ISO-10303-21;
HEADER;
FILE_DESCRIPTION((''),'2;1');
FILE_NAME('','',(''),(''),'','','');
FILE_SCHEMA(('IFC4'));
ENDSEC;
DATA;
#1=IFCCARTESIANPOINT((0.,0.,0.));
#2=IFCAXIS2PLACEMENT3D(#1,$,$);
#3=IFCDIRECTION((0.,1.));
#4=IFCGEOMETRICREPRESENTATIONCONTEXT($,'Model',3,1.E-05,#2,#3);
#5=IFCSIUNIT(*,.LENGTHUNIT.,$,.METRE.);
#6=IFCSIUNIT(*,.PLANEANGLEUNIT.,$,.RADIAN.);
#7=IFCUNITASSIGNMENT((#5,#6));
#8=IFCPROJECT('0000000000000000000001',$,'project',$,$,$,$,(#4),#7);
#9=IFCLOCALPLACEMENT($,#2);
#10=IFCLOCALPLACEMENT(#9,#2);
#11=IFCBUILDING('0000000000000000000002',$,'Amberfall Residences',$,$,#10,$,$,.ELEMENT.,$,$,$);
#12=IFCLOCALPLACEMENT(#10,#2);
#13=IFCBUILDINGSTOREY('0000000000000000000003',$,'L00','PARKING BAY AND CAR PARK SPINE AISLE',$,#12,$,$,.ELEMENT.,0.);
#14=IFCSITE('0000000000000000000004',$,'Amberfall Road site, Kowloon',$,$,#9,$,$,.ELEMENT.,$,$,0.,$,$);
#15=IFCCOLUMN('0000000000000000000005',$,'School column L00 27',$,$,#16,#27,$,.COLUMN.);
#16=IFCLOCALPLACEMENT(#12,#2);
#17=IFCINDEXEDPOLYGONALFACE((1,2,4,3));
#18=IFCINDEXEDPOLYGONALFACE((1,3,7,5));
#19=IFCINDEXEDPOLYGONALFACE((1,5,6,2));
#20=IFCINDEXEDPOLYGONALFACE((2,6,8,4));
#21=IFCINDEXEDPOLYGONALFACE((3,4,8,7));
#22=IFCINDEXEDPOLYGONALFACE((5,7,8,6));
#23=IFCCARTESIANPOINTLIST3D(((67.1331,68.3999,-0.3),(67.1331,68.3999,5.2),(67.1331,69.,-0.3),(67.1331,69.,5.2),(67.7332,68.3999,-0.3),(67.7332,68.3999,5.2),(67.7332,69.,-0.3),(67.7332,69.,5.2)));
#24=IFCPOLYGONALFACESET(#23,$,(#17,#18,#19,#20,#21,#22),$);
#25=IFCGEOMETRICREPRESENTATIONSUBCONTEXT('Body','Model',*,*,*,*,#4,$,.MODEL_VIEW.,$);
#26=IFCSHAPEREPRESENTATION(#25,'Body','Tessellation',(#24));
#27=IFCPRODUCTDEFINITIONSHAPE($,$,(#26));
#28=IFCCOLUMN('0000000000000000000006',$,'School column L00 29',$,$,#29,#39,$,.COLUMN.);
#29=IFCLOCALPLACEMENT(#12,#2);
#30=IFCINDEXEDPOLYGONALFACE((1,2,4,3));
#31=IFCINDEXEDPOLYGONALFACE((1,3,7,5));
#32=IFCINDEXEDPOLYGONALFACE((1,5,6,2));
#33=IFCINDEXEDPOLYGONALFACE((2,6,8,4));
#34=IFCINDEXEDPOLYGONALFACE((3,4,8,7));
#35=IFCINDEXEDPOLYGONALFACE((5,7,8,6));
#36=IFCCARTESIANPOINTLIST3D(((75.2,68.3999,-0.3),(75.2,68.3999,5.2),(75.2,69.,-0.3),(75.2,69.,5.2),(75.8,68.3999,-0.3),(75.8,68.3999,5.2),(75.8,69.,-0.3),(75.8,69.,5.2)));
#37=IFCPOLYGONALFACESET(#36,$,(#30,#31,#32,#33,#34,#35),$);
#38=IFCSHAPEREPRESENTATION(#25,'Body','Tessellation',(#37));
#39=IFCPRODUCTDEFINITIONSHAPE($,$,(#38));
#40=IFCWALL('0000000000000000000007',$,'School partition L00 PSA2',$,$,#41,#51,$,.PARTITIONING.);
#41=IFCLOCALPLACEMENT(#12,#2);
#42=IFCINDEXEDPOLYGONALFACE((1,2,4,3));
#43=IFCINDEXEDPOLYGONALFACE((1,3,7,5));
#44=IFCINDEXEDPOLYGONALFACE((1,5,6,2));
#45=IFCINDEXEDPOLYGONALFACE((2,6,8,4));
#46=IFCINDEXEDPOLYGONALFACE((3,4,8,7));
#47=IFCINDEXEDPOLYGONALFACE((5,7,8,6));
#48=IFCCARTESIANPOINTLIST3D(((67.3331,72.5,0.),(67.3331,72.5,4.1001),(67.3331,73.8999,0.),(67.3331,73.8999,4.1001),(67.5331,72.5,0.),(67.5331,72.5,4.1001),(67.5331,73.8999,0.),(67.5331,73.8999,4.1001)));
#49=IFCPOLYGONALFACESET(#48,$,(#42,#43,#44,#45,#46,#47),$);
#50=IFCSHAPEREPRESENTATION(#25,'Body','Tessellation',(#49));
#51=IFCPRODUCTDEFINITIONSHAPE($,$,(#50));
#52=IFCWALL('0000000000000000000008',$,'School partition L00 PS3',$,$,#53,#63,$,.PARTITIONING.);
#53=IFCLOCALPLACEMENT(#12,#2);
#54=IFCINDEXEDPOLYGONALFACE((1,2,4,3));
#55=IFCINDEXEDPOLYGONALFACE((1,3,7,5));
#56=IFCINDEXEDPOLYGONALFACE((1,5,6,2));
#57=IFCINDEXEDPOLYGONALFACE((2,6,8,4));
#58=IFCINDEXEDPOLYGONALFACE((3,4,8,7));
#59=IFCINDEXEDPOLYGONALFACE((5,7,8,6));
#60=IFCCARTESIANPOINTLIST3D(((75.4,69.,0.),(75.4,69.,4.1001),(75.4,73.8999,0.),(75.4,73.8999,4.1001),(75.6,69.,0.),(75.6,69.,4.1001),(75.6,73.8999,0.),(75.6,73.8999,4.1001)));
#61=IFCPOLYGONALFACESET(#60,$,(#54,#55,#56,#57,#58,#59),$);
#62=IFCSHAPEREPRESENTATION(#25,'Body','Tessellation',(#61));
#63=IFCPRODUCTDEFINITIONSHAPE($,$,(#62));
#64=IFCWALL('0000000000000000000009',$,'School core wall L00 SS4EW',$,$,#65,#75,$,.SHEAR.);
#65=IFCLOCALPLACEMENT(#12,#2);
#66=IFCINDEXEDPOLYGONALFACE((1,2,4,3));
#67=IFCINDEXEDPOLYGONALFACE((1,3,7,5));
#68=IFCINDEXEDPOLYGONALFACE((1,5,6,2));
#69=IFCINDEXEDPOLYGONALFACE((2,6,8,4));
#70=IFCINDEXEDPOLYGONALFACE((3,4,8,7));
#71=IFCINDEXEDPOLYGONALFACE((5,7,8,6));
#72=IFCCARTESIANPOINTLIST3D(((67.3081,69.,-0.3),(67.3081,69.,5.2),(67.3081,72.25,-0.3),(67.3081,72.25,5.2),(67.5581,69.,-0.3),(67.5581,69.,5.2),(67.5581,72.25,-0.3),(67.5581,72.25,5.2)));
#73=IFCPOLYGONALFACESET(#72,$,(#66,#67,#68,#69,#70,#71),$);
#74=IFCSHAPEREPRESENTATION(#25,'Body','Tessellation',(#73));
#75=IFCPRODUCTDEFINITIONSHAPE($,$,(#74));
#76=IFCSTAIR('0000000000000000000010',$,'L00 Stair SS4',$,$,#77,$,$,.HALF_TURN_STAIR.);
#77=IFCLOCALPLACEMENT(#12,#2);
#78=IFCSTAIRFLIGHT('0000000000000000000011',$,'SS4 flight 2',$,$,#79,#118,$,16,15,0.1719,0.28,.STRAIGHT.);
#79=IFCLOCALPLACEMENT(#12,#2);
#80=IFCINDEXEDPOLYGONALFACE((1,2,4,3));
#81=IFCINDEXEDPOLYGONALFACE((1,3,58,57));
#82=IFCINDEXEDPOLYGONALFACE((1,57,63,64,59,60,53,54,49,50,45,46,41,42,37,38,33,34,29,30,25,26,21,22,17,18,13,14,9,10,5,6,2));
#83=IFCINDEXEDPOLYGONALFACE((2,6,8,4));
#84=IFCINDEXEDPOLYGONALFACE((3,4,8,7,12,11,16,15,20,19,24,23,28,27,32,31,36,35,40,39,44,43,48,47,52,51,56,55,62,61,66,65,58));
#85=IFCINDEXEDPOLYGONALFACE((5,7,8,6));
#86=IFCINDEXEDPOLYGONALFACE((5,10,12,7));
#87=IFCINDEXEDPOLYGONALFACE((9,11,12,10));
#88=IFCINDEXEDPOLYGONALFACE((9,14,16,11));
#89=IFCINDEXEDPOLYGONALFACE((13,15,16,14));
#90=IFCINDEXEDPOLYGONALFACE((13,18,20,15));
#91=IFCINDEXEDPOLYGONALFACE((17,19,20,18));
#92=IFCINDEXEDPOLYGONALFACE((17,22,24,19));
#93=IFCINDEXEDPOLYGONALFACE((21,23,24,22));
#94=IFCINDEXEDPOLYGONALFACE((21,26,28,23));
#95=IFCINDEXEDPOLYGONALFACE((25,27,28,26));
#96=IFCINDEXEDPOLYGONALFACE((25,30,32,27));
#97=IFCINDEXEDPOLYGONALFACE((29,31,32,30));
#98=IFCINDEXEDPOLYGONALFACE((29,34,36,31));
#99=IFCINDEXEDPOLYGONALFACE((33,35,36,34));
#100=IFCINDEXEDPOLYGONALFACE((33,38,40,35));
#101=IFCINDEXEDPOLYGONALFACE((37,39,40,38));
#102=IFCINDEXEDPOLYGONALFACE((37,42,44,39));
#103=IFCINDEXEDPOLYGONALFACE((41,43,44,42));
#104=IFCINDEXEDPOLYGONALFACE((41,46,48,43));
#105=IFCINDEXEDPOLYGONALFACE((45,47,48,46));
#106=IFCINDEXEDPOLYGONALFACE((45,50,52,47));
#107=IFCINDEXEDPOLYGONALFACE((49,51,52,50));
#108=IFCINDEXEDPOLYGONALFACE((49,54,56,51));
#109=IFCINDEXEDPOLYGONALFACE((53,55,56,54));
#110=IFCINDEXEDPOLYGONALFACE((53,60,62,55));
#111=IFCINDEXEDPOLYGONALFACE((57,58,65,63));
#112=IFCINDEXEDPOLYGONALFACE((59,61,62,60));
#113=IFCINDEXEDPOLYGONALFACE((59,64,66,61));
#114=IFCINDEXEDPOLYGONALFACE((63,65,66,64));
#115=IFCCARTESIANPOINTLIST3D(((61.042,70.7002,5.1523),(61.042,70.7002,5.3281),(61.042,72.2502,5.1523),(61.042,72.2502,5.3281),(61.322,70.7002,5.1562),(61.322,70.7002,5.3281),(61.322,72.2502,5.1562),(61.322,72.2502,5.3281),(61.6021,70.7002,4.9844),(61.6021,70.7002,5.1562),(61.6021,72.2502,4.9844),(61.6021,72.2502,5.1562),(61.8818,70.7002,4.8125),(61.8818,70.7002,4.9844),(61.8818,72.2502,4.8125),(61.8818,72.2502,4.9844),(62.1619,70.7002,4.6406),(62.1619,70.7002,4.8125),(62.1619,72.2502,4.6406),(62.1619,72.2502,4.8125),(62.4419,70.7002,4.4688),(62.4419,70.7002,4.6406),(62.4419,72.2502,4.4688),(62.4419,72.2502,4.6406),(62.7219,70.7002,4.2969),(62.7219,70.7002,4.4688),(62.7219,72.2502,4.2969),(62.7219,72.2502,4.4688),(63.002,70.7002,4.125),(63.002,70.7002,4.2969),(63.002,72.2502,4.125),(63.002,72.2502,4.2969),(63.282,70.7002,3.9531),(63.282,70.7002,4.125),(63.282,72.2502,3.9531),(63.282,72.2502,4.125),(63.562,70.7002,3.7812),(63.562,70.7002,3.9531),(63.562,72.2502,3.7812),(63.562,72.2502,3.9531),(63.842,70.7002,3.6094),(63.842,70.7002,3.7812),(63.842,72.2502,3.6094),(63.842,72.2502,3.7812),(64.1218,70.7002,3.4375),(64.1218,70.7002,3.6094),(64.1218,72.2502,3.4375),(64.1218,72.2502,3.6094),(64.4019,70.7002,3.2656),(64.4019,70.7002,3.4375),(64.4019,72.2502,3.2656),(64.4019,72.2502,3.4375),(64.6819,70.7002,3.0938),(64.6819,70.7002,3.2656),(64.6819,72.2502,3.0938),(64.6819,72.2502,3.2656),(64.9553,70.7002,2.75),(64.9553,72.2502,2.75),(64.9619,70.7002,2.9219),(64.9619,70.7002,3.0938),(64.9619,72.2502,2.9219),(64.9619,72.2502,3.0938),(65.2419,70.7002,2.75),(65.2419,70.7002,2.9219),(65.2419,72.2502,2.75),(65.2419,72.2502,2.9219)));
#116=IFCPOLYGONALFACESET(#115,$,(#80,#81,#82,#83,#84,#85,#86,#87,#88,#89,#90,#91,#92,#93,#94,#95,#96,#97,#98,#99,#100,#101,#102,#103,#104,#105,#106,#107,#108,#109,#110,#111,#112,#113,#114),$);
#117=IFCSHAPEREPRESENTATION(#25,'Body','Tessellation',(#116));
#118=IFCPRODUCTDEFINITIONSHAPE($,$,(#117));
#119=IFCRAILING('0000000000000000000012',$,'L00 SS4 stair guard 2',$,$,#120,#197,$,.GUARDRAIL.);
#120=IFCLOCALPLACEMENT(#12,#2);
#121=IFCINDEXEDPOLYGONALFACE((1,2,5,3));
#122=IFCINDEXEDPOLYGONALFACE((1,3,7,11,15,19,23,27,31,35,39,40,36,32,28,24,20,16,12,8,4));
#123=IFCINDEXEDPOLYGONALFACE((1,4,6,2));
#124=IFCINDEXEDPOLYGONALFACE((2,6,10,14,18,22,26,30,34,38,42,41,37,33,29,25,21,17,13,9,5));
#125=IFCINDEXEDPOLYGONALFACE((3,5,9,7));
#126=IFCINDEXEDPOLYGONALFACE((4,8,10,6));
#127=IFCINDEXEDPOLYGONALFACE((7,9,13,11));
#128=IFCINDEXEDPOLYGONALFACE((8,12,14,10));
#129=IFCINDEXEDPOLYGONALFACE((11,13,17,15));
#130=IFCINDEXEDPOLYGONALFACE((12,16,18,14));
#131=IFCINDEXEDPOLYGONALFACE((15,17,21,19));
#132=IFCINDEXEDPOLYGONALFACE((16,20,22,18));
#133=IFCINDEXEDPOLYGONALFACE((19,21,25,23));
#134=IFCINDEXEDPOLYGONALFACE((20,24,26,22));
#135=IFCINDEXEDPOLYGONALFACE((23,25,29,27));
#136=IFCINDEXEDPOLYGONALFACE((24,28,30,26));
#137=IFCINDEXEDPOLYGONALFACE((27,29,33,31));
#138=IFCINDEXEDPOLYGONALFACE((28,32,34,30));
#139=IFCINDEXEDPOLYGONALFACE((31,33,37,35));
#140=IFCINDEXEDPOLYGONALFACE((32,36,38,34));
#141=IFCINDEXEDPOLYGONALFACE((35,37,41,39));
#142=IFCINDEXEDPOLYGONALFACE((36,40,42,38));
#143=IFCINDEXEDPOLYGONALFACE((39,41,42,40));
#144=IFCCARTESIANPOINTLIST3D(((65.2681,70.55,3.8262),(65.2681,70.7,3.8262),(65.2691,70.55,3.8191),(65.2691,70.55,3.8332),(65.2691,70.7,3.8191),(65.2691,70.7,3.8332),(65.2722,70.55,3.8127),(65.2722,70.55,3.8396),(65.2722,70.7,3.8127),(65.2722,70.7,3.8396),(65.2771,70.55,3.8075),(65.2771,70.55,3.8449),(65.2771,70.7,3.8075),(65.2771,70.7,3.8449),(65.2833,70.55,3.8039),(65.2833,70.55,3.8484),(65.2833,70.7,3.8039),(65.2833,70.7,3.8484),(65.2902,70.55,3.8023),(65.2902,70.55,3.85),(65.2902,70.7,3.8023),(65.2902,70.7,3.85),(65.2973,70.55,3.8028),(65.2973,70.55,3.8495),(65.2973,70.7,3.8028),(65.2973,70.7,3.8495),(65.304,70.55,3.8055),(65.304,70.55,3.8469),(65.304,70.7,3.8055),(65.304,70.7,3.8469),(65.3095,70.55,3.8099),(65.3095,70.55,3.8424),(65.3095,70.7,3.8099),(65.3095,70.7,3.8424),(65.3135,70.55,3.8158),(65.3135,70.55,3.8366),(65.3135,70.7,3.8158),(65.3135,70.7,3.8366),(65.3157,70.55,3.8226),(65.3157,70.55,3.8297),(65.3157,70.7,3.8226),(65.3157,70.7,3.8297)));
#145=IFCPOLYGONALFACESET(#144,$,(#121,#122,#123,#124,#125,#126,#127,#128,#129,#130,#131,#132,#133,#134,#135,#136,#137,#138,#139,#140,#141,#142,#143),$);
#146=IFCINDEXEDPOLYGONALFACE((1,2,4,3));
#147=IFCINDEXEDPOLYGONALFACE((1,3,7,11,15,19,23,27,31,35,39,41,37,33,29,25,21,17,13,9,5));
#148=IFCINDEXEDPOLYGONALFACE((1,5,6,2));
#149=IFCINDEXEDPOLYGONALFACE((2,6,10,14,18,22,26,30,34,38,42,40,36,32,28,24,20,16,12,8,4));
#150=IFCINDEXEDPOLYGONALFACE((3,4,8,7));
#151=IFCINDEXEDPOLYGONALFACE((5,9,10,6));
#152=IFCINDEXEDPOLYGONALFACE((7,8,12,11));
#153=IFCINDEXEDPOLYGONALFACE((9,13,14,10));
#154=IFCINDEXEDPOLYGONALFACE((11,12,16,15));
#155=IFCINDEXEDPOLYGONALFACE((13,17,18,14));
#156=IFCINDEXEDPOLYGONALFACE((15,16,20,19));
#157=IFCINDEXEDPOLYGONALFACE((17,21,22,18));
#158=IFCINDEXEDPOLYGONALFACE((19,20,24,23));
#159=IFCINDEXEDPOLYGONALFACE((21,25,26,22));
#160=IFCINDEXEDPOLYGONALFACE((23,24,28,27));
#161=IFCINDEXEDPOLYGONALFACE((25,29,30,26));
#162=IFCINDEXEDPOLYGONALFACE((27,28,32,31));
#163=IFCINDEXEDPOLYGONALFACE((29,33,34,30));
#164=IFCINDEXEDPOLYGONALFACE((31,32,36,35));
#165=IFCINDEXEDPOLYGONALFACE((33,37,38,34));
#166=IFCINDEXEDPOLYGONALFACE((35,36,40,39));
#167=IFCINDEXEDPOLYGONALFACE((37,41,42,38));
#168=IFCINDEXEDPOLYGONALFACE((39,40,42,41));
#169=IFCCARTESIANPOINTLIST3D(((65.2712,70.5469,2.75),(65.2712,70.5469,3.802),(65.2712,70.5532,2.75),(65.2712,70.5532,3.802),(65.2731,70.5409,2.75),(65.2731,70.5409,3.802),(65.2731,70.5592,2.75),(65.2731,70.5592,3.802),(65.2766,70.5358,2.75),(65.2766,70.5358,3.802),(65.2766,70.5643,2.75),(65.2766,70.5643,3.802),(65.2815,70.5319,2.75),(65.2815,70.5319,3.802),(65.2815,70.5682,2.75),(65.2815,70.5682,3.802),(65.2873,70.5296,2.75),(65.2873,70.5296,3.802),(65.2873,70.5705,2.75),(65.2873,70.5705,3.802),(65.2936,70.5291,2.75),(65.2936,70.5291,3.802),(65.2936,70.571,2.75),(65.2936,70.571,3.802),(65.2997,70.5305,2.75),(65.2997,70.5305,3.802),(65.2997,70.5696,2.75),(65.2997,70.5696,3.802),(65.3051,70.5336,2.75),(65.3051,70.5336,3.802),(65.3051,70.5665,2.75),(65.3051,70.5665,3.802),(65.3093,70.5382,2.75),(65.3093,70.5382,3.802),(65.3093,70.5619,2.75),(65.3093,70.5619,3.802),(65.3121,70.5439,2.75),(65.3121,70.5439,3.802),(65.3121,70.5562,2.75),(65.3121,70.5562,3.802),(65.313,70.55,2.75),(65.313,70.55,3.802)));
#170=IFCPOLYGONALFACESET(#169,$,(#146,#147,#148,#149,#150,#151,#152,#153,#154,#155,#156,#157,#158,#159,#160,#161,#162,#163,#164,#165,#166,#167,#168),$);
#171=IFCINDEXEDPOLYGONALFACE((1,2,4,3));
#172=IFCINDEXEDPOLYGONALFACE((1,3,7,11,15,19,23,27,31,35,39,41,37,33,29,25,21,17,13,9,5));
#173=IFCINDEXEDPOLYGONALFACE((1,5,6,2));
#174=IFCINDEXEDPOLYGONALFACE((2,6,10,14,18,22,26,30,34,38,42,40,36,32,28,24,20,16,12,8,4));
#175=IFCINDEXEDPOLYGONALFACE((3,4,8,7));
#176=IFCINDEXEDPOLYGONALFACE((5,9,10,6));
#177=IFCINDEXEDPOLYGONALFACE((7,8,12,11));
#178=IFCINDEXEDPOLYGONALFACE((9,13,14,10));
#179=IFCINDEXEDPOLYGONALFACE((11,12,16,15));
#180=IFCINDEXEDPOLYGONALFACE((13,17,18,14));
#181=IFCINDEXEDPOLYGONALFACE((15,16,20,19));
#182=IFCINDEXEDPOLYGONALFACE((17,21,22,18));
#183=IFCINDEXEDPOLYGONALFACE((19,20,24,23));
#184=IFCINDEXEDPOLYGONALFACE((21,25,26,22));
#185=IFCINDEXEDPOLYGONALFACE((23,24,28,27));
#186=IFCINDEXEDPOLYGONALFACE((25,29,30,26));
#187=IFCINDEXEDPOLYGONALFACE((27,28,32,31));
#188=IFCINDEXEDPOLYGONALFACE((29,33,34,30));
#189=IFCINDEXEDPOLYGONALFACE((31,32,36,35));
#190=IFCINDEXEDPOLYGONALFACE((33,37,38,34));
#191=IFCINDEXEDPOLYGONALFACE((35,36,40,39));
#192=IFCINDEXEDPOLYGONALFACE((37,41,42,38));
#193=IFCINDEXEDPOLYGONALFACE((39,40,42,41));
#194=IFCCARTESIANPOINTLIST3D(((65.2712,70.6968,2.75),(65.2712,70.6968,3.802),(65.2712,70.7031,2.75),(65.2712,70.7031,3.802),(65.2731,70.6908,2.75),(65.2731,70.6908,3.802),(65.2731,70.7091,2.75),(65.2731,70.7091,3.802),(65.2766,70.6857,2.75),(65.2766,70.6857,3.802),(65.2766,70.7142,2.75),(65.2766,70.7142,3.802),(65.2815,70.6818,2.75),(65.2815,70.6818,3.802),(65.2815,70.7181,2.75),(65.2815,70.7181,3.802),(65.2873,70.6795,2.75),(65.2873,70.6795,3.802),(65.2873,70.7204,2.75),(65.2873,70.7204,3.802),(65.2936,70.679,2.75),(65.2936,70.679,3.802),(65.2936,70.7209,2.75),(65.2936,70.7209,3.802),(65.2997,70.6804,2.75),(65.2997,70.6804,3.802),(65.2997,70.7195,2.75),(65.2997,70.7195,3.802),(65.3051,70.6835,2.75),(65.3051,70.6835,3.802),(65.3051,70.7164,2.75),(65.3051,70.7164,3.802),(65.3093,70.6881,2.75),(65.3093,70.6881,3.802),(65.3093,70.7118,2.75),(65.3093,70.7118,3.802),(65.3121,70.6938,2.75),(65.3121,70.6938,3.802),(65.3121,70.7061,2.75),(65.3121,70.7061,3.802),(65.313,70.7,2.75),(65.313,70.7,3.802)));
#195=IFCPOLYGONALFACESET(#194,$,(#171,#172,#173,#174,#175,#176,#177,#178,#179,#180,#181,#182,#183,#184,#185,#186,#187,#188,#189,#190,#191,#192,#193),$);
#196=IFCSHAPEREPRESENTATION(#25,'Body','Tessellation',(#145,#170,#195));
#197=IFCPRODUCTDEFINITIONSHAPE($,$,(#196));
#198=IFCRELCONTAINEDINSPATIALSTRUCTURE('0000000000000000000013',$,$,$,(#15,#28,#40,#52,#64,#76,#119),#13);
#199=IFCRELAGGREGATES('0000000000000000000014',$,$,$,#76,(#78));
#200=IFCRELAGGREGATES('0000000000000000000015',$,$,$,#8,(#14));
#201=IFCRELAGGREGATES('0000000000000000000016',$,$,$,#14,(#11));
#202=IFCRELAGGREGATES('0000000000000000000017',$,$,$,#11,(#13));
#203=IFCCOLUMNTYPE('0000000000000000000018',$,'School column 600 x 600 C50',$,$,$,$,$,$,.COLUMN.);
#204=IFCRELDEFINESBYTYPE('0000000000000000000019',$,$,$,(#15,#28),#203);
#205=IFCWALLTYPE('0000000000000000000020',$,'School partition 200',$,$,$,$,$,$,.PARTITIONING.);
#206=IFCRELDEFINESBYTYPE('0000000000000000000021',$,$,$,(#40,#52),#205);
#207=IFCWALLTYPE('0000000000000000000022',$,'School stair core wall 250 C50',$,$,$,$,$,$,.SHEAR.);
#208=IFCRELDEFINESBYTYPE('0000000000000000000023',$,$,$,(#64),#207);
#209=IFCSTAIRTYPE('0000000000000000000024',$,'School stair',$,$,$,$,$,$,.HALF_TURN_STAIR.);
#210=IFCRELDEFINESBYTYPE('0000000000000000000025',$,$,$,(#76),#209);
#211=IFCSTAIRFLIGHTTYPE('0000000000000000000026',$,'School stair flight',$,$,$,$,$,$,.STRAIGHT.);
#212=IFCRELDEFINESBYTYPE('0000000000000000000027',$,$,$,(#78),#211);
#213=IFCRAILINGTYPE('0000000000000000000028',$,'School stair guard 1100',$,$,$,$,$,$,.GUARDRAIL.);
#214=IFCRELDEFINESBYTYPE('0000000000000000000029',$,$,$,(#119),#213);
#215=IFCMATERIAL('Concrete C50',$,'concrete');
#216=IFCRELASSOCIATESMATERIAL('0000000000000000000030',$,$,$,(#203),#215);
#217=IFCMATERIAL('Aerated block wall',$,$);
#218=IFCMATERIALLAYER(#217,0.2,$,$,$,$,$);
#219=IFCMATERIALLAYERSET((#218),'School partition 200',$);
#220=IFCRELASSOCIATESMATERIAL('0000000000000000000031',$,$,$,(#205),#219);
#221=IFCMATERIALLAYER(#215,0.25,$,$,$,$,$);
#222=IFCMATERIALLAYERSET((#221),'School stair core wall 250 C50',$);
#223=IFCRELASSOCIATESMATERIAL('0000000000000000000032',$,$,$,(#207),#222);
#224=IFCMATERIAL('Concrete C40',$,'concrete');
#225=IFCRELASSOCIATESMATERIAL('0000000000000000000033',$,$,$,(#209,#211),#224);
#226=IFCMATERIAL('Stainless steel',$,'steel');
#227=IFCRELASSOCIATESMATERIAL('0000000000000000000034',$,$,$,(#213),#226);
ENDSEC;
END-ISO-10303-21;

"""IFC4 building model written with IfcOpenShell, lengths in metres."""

from ifc_helpers import new_model, si_unit, direction, frame, frame_2d, origin, origin_2d, place, context, subcontext, project, spatial, polyline, rectangle, circle, outline, extrude, material, layer, layer_set, material_profile, profile_set, type_object, element, aggregate, save


model = new_model("IFC4")

# Units and contexts
model_context = context("Model", 3, precision=1e-05, world=origin(), true_north=direction((0.0, 1.0)))
body_context = subcontext(model_context, "Body", "Model", "MODEL_VIEW")
ifc_project = project(units=[si_unit("LENGTHUNIT", "METRE"), si_unit("PLANEANGLEUNIT", "RADIAN")], contexts=[model_context])

# Site, building, storey
site_placement = place(None, origin())
site = spatial("IfcSite", under=ifc_project, at=site_placement, Name="Amberfall Road site, Kowloon", CompositionType="ELEMENT", RefElevation=0.0)
building_placement = place(site_placement, origin())
building = spatial("IfcBuilding", under=site, at=building_placement, Name="Amberfall Residences", CompositionType="ELEMENT")
storey_placement = place(building_placement, origin())
storey = spatial("IfcBuildingStorey", under=building, at=storey_placement, Name="L00", Description="PARKING BAY AND CAR PARK SPINE AISLE", CompositionType="ELEMENT", Elevation=0.0)

# Columns
ifc_material_1 = material(Name="Concrete C50", Category="concrete")
ifc_material_profile = material_profile(ifc_material_1, rectangle(XDim=0.6001, YDim=0.6001, at=origin_2d()), Name="School column 600 x 600 C50")
ifc_profile_set = profile_set([ifc_material_profile], Name="Concrete C50")
column_type = type_object("IfcColumnType", Name="School column 600 x 600 C50", PredefinedType="COLUMN", material=ifc_profile_set)
for number, where, z_axis, x_axis, name in (
    (1, (67.4331, 68.7, -0.3), (0.0, 0.0, 1.0), (1.0, 0.0, 0.0), "School column L00 27"),
    (2, (75.5, 68.7, -0.3), (0.0, 0.0, 1.0), (1.0, 0.0, 0.0), "School column L00 29"),
):
    element("IfcColumn", number, at=place(storey_placement, frame(where, z_axis=z_axis, x_axis=x_axis)), inside=storey, type_object=column_type, Name=name, PredefinedType="COLUMN", context=body_context, shape_type="SweptSolid", body=[
        extrude(rectangle(XDim=0.6001, YDim=0.6001, at=origin_2d()), origin(), (0.0, 0.0, 1.0), 5.5),
    ])

# Walls
ifc_material_2 = material(Name="Aerated block wall")
ifc_layer_1 = layer(ifc_material_2, 0.2)
ifc_layer_set_1 = layer_set([ifc_layer_1], Name="School partition 200")
wall_type_1 = type_object("IfcWallType", Name="School partition 200", PredefinedType="PARTITIONING", material=ifc_layer_set_1)
wall_1_placement = place(storey_placement, frame((67.4331, 72.5, 0.0), z_axis=(0.0, 0.0, 1.0), x_axis=(0.0, 1.0, 0.0)))
element("IfcWall", 3, at=wall_1_placement, inside=storey, type_object=wall_type_1, Name="School partition L00 PSA2", PredefinedType="PARTITIONING", context=body_context, shape_type="SweptSolid", body=[
    extrude(rectangle(XDim=1.3999, YDim=0.2, at=frame_2d((0.7, 0.0))), origin(), (0.0, 0.0, 1.0), 4.1001),
])
wall_2_placement = place(storey_placement, frame((75.5, 69.0, 0.0), z_axis=(0.0, 0.0, 1.0), x_axis=(0.0, 1.0, 0.0)))
element("IfcWall", 4, at=wall_2_placement, inside=storey, type_object=wall_type_1, Name="School partition L00 PS3", PredefinedType="PARTITIONING", context=body_context, shape_type="SweptSolid", body=[
    extrude(rectangle(XDim=4.8999, YDim=0.2, at=frame_2d((2.45, 0.0))), origin(), (0.0, 0.0, 1.0), 4.1001),
])
ifc_layer_2 = layer(ifc_material_1, 0.25)
ifc_layer_set_2 = layer_set([ifc_layer_2], Name="School stair core wall 250 C50")
wall_type_2 = type_object("IfcWallType", Name="School stair core wall 250 C50", PredefinedType="SHEAR", material=ifc_layer_set_2)
wall_3_placement = place(storey_placement, frame((67.4331, 69.0, -0.3), z_axis=(0.0, 0.0, 1.0), x_axis=(0.0, 1.0, 0.0)))
element("IfcWall", 5, at=wall_3_placement, inside=storey, type_object=wall_type_2, Name="School core wall L00 SS4EW", PredefinedType="SHEAR", context=body_context, shape_type="SweptSolid", body=[
    extrude(rectangle(XDim=3.25, YDim=0.25, at=frame_2d((1.625, 0.0))), origin(), (0.0, 0.0, 1.0), 5.5),
])

# Stair, stair flight
ifc_material_3 = material(Name="Concrete C40", Category="concrete")
stair_type = type_object("IfcStairType", Name="School stair", PredefinedType="HALF_TURN_STAIR", material=ifc_material_3)
stair_placement = place(storey_placement, origin())
stair = element("IfcStair", 6, at=stair_placement, inside=storey, type_object=stair_type, Name="L00 Stair SS4", PredefinedType="HALF_TURN_STAIR")
stair_flight_type = type_object("IfcStairFlightType", Name="School stair flight", PredefinedType="STRAIGHT", material=ifc_material_3)
stair_flight_placement = place(storey_placement, frame((65.2419, 71.4751, 2.75), z_axis=(0.0, 0.0, 1.0), x_axis=(-1.0, 0.0, 0.0)))
stair_flight = element("IfcStairFlight", 7, at=stair_flight_placement, type_object=stair_flight_type, Name="SS4 flight 2", NumberOfRisers=16, NumberOfTreads=15, PredefinedType="STRAIGHT", RiserHeight=0.1719, TreadLength=0.28, context=body_context, shape_type="SweptSolid", body=[
    extrude(outline(polyline([(0.0, 0.0), (0.0, 0.1719), (0.28, 0.1719), (0.28, 0.3438), (0.5601, 0.3438), (0.5601, 0.5156), (0.8401, 0.5156), (0.8401, 0.6875), (1.1201, 0.6875), (1.1201, 0.8594), (1.3999, 0.8594), (1.3999, 1.0312), (1.6799, 1.0312), (1.6799, 1.2031), (1.96, 1.2031), (1.96, 1.375), (2.24, 1.375), (2.24, 1.5469), (2.52, 1.5469), (2.52, 1.7188), (2.8, 1.7188), (2.8, 1.8906), (3.0801, 1.8906), (3.0801, 2.0625), (3.3601, 2.0625), (3.3601, 2.2344), (3.6399, 2.2344), (3.6399, 2.4062), (3.9199, 2.4062), (3.9199, 2.5781), (4.2, 2.5781), (4.2, 2.75), (4.2, 2.4023), (0.2866, 0.0), (0.0, 0.0)])), frame((0.0, 0.7749, 0.0), z_axis=(0.0, -1.0, 0.0), x_axis=(1.0, 0.0, 0.0)), (0.0, 0.0, 1.0), 1.55),
])
aggregate(stair, [stair_flight])

# Railing
ifc_material_4 = material(Name="Stainless steel", Category="steel")
railing_type_1 = type_object("IfcRailingType", Name="School stair guard 1100", PredefinedType="GUARDRAIL", material=ifc_material_4)
railing_1_placement = place(storey_placement, frame((65.292, 70.55, 2.75)))
element("IfcRailing", 8, at=railing_1_placement, inside=storey, type_object=railing_type_1, Name="L00 SS4 stair guard 2", PredefinedType="GUARDRAIL", context=body_context, shape_type="SweptSolid", body=[
    extrude(circle(Radius=0.0239, at=origin_2d()), frame((0.0, 0.0, 1.0762), z_axis=(0.0, 1.0, 0.0), x_axis=(-1.0, 0.0, 0.0)), (0.0, 0.0, 1.0), 0.1499),
    extrude(circle(Radius=0.021, at=origin_2d()), origin(), (0.0, 0.0, 1.0), 1.052),
    extrude(circle(Radius=0.021, at=origin_2d()), frame((0.0, 0.1499, 0.0)), (0.0, 0.0, 1.0), 1.052),
])

save(model, "model.ifc")
